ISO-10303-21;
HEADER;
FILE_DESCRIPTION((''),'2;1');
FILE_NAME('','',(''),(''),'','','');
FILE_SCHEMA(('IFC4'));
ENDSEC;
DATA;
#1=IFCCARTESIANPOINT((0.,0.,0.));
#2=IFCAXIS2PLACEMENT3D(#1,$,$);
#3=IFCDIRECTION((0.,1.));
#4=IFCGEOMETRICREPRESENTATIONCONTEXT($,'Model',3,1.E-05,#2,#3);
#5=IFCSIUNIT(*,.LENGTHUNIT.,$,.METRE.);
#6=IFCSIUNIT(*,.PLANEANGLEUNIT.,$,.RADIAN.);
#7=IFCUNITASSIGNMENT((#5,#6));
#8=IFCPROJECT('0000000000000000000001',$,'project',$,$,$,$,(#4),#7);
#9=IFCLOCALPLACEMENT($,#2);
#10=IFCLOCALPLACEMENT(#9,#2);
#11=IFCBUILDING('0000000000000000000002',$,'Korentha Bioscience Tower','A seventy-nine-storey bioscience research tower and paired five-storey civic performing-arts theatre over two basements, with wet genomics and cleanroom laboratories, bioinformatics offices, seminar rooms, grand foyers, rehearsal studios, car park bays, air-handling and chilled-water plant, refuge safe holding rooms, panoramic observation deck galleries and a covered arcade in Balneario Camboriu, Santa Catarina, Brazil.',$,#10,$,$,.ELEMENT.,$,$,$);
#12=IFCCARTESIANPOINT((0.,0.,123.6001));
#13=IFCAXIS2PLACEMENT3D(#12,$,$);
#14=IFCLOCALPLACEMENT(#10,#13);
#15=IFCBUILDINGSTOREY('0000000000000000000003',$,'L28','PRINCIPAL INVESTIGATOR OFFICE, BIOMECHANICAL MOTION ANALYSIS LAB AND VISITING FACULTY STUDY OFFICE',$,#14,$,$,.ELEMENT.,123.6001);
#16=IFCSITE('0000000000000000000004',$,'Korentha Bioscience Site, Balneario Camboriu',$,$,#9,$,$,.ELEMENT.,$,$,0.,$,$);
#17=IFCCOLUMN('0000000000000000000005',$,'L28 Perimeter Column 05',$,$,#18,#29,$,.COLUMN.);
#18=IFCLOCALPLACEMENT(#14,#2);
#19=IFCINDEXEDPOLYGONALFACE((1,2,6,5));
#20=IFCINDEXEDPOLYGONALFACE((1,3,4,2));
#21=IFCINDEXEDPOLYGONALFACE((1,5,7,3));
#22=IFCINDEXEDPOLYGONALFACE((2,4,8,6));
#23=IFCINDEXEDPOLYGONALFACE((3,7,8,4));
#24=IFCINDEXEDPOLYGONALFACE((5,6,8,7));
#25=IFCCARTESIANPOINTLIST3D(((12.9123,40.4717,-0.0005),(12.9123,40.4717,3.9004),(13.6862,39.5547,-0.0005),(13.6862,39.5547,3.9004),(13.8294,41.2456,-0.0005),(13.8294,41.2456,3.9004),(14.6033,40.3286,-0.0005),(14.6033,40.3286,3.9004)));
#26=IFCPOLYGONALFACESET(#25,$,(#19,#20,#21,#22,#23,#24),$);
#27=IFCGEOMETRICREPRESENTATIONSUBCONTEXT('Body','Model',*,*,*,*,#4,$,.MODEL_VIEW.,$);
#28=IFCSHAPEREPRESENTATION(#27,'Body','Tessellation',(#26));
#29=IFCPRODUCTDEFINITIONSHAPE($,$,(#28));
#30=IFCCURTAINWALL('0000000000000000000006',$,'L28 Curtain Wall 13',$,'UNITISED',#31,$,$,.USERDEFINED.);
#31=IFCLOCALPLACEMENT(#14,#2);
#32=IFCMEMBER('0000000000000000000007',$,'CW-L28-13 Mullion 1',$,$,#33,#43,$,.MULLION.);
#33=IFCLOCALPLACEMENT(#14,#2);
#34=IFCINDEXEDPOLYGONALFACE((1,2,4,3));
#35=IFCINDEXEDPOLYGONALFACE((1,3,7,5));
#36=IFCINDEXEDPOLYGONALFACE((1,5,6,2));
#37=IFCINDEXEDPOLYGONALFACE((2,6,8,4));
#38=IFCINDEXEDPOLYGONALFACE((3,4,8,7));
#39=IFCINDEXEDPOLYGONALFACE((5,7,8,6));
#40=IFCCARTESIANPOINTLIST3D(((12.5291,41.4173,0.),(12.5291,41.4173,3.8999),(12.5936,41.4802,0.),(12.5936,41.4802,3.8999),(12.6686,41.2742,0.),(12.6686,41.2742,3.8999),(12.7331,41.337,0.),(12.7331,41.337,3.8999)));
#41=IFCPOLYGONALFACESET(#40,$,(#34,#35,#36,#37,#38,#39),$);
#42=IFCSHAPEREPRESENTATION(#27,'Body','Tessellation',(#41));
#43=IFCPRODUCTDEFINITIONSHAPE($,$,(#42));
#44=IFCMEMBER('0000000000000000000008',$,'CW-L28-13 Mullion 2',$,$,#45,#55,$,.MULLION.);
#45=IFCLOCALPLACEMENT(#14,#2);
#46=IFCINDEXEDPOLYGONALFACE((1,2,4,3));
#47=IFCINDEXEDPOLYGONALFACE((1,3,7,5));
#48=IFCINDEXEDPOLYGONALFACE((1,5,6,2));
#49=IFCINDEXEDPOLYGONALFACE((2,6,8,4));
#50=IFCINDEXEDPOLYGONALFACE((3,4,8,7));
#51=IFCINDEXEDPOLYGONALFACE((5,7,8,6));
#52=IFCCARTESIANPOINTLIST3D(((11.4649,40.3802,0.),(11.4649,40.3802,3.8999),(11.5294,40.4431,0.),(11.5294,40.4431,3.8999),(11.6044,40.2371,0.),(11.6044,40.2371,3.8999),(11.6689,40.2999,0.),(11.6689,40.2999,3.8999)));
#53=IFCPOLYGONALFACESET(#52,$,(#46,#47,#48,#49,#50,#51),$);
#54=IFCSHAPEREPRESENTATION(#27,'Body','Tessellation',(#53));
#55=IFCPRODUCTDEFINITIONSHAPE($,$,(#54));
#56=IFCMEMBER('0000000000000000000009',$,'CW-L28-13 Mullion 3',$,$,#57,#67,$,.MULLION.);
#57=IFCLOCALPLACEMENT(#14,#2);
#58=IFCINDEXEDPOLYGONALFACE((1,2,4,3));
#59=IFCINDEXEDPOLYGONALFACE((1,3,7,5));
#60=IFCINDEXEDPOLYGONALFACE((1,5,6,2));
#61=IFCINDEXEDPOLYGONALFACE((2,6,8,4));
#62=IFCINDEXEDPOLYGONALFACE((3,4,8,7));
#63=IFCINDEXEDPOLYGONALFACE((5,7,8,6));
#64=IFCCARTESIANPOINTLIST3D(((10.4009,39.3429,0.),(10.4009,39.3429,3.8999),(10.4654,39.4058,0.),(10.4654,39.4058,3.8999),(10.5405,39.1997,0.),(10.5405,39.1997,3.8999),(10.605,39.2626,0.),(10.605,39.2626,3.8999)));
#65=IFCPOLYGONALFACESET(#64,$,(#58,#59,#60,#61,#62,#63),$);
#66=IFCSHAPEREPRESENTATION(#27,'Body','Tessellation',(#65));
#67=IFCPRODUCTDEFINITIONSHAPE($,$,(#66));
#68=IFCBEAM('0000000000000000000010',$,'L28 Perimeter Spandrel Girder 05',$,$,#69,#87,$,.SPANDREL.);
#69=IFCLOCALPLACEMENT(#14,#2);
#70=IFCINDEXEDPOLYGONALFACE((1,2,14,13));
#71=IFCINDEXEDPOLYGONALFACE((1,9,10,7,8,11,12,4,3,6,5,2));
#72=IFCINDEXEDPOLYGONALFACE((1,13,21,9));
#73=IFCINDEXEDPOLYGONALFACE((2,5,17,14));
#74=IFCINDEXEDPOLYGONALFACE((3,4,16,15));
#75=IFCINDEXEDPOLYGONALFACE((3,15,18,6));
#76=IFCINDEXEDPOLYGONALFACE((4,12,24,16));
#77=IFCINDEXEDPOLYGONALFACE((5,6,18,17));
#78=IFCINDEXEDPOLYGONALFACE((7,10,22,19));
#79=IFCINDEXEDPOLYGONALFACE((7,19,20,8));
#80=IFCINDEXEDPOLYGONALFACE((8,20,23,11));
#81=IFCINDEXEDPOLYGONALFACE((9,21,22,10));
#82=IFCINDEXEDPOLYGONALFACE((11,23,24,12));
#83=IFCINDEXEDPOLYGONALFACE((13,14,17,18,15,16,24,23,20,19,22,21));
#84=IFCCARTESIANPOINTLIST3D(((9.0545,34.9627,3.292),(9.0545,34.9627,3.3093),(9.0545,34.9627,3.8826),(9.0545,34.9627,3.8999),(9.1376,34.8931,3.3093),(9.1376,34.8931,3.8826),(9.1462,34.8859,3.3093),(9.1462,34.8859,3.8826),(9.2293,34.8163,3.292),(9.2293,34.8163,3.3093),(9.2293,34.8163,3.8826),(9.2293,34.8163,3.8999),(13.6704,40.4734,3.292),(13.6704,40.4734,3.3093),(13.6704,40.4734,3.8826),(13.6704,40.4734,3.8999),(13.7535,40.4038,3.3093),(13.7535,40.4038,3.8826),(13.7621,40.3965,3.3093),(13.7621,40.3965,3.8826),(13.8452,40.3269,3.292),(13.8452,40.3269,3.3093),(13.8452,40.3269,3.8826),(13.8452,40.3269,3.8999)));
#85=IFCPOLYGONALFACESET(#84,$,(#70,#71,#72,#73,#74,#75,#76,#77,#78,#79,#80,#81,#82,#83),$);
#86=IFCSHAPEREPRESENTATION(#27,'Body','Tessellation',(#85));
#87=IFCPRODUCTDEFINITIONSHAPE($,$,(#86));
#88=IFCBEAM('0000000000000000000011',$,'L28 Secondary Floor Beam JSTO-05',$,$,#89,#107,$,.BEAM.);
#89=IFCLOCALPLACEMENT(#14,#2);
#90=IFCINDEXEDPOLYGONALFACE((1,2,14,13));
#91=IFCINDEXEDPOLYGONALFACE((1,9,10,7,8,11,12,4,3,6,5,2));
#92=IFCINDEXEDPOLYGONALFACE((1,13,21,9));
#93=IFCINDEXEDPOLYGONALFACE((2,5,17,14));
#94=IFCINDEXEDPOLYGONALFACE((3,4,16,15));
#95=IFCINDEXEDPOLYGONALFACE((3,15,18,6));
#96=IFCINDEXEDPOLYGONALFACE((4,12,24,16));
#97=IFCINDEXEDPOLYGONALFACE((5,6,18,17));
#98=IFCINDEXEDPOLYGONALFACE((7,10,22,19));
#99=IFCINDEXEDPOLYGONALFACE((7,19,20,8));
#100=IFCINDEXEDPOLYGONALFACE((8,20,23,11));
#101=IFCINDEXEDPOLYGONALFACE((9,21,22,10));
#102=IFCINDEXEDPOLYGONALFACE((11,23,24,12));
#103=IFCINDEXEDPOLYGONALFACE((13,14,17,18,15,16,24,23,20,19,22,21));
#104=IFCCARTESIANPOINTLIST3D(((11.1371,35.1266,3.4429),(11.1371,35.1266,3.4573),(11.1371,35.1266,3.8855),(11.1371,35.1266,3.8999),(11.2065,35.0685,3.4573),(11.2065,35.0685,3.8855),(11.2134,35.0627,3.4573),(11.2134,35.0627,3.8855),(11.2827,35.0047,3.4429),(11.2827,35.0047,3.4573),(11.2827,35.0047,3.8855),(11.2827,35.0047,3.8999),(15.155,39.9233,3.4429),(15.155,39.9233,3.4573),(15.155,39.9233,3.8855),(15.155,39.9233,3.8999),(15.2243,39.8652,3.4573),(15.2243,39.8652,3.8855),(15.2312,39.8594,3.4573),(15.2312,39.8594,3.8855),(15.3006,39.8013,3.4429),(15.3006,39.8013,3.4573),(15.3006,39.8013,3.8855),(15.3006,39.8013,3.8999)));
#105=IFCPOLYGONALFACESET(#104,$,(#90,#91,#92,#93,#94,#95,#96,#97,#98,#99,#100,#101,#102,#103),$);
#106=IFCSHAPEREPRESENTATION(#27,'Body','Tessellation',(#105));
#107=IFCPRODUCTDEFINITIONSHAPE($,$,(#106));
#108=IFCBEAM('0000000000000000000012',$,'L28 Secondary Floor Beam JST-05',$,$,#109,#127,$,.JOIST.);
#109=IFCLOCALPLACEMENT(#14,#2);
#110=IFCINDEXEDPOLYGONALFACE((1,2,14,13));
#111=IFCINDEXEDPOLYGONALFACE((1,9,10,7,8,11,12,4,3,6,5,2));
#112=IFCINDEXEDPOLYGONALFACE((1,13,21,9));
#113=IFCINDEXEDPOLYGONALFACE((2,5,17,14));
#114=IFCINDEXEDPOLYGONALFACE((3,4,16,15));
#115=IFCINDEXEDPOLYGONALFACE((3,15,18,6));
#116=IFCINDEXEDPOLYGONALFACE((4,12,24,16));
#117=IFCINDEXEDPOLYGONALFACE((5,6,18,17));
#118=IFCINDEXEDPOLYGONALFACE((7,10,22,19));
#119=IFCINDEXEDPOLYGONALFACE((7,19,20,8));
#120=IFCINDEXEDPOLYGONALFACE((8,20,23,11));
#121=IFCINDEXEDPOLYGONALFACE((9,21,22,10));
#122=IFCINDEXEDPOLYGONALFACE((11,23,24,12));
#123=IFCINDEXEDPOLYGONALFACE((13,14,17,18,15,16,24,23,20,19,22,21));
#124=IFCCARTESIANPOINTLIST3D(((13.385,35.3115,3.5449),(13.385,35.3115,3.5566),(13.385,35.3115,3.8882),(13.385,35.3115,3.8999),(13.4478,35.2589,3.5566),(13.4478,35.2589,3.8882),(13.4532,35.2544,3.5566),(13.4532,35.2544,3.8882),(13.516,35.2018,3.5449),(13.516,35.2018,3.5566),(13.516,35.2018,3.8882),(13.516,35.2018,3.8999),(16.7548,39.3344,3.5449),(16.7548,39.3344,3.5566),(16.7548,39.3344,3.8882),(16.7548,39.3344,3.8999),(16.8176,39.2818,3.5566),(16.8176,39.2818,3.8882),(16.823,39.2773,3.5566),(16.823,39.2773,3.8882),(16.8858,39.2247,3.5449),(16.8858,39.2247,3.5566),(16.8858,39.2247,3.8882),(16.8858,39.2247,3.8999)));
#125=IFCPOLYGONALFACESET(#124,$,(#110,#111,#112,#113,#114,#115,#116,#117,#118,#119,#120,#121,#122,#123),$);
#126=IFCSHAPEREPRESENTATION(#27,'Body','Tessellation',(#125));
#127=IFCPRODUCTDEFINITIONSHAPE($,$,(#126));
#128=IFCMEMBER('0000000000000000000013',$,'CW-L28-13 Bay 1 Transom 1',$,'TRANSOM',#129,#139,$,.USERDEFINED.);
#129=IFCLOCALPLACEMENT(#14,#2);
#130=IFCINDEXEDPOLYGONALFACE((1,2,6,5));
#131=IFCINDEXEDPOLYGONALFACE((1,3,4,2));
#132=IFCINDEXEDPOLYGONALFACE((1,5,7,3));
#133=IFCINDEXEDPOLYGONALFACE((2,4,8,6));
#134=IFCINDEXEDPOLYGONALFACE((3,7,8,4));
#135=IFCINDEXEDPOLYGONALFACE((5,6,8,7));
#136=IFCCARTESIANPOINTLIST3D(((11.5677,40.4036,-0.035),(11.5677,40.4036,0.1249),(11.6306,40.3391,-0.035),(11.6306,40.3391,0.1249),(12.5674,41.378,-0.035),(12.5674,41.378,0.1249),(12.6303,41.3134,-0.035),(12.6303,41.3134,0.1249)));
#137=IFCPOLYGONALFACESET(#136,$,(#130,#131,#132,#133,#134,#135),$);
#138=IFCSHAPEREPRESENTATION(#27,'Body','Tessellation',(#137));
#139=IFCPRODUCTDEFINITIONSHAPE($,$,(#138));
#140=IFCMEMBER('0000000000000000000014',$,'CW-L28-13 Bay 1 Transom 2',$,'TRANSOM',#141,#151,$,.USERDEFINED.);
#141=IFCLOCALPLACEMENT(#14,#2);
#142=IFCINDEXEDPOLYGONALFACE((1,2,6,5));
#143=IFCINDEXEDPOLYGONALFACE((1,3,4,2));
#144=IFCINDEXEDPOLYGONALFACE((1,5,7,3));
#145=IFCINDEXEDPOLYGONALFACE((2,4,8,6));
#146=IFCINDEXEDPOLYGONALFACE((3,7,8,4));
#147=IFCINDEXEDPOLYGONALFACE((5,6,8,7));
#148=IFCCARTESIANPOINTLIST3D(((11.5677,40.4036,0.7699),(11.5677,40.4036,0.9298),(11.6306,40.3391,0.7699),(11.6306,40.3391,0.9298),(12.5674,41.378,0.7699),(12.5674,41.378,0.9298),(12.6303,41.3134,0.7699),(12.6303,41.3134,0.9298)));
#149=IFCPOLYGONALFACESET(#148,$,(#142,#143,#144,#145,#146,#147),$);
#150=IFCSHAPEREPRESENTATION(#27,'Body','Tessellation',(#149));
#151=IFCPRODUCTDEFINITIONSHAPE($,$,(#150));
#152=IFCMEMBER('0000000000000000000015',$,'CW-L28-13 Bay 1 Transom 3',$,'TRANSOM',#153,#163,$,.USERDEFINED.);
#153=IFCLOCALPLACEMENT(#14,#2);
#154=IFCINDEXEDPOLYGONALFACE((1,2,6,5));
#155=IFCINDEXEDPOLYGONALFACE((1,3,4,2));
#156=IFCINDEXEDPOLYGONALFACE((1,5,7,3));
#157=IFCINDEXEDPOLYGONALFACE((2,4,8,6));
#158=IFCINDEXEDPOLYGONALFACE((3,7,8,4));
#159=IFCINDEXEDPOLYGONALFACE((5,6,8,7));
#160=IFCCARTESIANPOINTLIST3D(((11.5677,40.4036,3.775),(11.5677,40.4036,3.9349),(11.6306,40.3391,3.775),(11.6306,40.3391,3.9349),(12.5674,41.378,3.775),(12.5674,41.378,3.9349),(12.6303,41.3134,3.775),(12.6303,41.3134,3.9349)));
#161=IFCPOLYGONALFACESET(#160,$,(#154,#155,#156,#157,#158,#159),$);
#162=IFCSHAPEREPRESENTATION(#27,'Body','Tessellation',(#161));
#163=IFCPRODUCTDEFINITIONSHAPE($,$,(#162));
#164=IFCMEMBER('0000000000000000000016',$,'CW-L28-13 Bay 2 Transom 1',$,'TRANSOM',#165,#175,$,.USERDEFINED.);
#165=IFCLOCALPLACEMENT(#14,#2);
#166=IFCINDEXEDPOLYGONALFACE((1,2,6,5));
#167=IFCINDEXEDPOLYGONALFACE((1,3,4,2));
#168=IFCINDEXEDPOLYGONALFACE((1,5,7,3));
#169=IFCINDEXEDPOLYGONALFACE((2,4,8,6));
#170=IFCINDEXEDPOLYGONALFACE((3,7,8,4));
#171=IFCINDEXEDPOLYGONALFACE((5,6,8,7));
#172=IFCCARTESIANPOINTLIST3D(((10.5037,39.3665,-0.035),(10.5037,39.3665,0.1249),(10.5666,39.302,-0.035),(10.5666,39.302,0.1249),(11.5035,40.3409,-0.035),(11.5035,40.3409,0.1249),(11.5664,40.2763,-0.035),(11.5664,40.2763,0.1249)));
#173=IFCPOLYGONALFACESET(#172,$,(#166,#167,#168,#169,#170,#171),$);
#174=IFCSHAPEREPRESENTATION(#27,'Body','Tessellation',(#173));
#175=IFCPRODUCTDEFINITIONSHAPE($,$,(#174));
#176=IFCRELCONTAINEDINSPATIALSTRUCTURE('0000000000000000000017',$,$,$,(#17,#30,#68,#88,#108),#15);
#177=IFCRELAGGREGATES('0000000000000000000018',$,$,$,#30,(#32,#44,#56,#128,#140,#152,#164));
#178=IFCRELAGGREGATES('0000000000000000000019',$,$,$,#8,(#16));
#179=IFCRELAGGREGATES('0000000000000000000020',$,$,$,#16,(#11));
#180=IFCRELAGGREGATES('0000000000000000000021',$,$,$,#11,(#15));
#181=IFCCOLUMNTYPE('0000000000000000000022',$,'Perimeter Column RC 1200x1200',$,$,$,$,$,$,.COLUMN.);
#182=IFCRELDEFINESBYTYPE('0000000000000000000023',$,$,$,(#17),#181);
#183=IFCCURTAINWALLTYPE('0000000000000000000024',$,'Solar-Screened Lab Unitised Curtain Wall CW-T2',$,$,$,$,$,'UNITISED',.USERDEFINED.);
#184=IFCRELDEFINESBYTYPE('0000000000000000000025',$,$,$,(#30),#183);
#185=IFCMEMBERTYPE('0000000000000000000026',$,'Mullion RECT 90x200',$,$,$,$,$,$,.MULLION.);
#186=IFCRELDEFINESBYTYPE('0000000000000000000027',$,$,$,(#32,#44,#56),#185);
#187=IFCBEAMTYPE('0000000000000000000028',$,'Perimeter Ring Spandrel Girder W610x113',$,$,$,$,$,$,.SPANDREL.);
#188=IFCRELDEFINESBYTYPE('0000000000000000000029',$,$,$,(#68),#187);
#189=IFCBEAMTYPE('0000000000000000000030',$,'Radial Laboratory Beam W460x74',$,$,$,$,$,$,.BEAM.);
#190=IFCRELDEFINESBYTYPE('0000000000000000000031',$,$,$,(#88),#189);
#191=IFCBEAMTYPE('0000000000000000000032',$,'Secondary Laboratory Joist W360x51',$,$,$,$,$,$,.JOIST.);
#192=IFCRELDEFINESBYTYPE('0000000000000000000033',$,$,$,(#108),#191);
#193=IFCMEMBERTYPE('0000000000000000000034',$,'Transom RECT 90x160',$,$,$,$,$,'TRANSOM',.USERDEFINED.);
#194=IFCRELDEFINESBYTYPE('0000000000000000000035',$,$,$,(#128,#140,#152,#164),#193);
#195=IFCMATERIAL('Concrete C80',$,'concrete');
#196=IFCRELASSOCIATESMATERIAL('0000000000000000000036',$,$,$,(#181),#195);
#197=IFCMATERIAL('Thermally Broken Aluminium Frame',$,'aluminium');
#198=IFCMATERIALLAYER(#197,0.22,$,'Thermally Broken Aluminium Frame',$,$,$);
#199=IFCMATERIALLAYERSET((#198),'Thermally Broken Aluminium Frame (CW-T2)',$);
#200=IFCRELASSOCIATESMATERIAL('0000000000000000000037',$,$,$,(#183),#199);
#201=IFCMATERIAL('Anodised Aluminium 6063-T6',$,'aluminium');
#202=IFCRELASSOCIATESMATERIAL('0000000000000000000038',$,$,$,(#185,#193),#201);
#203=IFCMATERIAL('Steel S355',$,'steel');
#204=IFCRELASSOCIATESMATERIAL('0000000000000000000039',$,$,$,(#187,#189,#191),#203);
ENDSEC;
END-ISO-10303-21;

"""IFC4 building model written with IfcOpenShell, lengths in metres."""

from ifc_helpers import new_model, si_unit, direction, frame, origin, origin_2d, place, context, subcontext, project, spatial, rectangle, i_section, extrude, material, layer, layer_set, material_profile, profile_set, type_object, element, aggregate, save


model = new_model("IFC4")

# Units and contexts
model_context = context("Model", 3, precision=1e-05, world=origin(), true_north=direction((0.0, 1.0)))
body_context = subcontext(model_context, "Body", "Model", "MODEL_VIEW")
ifc_project = project(units=[si_unit("LENGTHUNIT", "METRE"), si_unit("PLANEANGLEUNIT", "RADIAN")], contexts=[model_context])

# Site, building, storey
site_placement = place(None, origin())
site = spatial("IfcSite", under=ifc_project, at=site_placement, Name="Korentha Bioscience Site, Balneario Camboriu", CompositionType="ELEMENT", RefElevation=0.0)
building_placement = place(site_placement, origin())
building = spatial("IfcBuilding", under=site, at=building_placement, Name="Korentha Bioscience Tower", Description="A seventy-nine-storey bioscience research tower and paired five-storey civic performing-arts theatre over two basements, with wet genomics and cleanroom laboratories, bioinformatics offices, seminar rooms, grand foyers, rehearsal studios, car park bays, air-handling and chilled-water plant, refuge safe holding rooms, panoramic observation deck galleries and a covered arcade in Balneario Camboriu, Santa Catarina, Brazil.", CompositionType="ELEMENT")
storey_placement = place(building_placement, frame((0.0, 0.0, 123.6001)))
storey = spatial("IfcBuildingStorey", under=building, at=storey_placement, Name="L28", Description="PRINCIPAL INVESTIGATOR OFFICE, BIOMECHANICAL MOTION ANALYSIS LAB AND VISITING FACULTY STUDY OFFICE", CompositionType="ELEMENT", Elevation=123.6001)

# Column
ifc_material_1 = material(Name="Concrete C80", Category="concrete")
ifc_material_profile_1 = material_profile(ifc_material_1, rectangle(XDim=1.2, YDim=1.2, at=origin_2d()), Name="Concrete C80")
ifc_profile_set_1 = profile_set([ifc_material_profile_1], Name="Concrete C80 (COL-P12)")
column_type = type_object("IfcColumnType", Name="Perimeter Column RC 1200x1200", PredefinedType="COLUMN", material=ifc_profile_set_1)
column_placement = place(storey_placement, frame((13.7578, 40.4001, -0.0005), z_axis=(0.0, 0.0, 1.0), x_axis=(0.764246, 0.644924, 0.0)))
element("IfcColumn", 1, at=column_placement, inside=storey, type_object=column_type, Name="L28 Perimeter Column 05", PredefinedType="COLUMN", context=body_context, shape_type="SweptSolid", body=[
    extrude(rectangle(XDim=1.2, YDim=1.2, at=origin_2d()), origin(), (0.0, 0.0, 1.0), 3.9009),
])

# Curtain wall, members
ifc_material_2 = material(Name="Thermally Broken Aluminium Frame", Category="aluminium")
ifc_layer_1 = layer(ifc_material_2, 0.22, Name="Thermally Broken Aluminium Frame")
ifc_layer_set_1 = layer_set([ifc_layer_1], Name="Thermally Broken Aluminium Frame (CW-T2)")
curtain_wall_type = type_object("IfcCurtainWallType", Name="Solar-Screened Lab Unitised Curtain Wall CW-T2", ElementType="UNITISED", PredefinedType="USERDEFINED", material=ifc_layer_set_1)
curtain_wall_placement = place(storey_placement, origin())
curtain_wall = element("IfcCurtainWall", 2, at=curtain_wall_placement, inside=storey, type_object=curtain_wall_type, Name="L28 Curtain Wall 13", ObjectType="UNITISED", PredefinedType="USERDEFINED")
ifc_material_3 = material(Name="Anodised Aluminium 6063-T6", Category="aluminium")
ifc_material_profile_2 = material_profile(ifc_material_3, rectangle(XDim=0.0901, YDim=0.2, at=origin_2d()), Name="Anodised Aluminium 6063-T6")
ifc_profile_set_2 = profile_set([ifc_material_profile_2], Name="Anodised Aluminium 6063-T6 (CW-MUL)")
member_type_1 = type_object("IfcMemberType", Name="Mullion RECT 90x200", PredefinedType="MULLION", material=ifc_profile_set_2)
member_1_placement = place(storey_placement, frame((12.6311, 41.3772, 0.0), z_axis=(0.0, 0.0, 1.0), x_axis=(-0.716096, -0.698002, 0.0)))
member_1 = element("IfcMember", 3, at=member_1_placement, type_object=member_type_1, Name="CW-L28-13 Mullion 1", PredefinedType="MULLION", context=body_context, shape_type="SweptSolid", body=[
    extrude(rectangle(XDim=0.0901, YDim=0.2, at=origin_2d()), origin(), (0.0, 0.0, 1.0), 3.8999),
])
member_2_placement = place(storey_placement, frame((11.5669, 40.3401, 0.0), z_axis=(0.0, 0.0, 1.0), x_axis=(-0.716096, -0.698002, 0.0)))
member_2 = element("IfcMember", 4, at=member_2_placement, type_object=member_type_1, Name="CW-L28-13 Mullion 2", PredefinedType="MULLION", context=body_context, shape_type="SweptSolid", body=[
    extrude(rectangle(XDim=0.0901, YDim=0.2, at=origin_2d()), origin(), (0.0, 0.0, 1.0), 3.8999),
])
member_3_placement = place(storey_placement, frame((10.5029, 39.3027, 0.0), z_axis=(0.0, 0.0, 1.0), x_axis=(-0.716096, -0.698002, 0.0)))
member_3 = element("IfcMember", 5, at=member_3_placement, type_object=member_type_1, Name="CW-L28-13 Mullion 3", PredefinedType="MULLION", context=body_context, shape_type="SweptSolid", body=[
    extrude(rectangle(XDim=0.0901, YDim=0.2, at=origin_2d()), origin(), (0.0, 0.0, 1.0), 3.8999),
])

# Beams
ifc_material_4 = material(Name="Steel S355", Category="steel")
ifc_material_profile_3 = material_profile(ifc_material_4, i_section(OverallWidth=0.228, OverallDepth=0.6079, WebThickness=0.0112, FlangeThickness=0.0173, at=origin_2d()), Name="Steel S355")
ifc_profile_set_3 = profile_set([ifc_material_profile_3], Name="Steel S355 (SB-610)")
beam_type_1 = type_object("IfcBeamType", Name="Perimeter Ring Spandrel Girder W610x113", PredefinedType="SPANDREL", material=ifc_profile_set_3)
beam_1_placement = place(storey_placement, frame((13.7578, 40.4001, 3.5959), z_axis=(-0.642127, -0.766599, 0.0), x_axis=(0.766599, -0.642127, 0.0)))
element("IfcBeam", 6, at=beam_1_placement, inside=storey, type_object=beam_type_1, Name="L28 Perimeter Spandrel Girder 05", PredefinedType="SPANDREL", context=body_context, shape_type="SweptSolid", body=[
    extrude(i_section(OverallWidth=0.228, OverallDepth=0.6079, WebThickness=0.0112, FlangeThickness=0.0173, at=origin_2d()), origin(), (0.0, 0.0, 1.0), 7.1885),
])
ifc_material_profile_4 = material_profile(ifc_material_4, i_section(OverallWidth=0.1899, OverallDepth=0.457, WebThickness=0.009, FlangeThickness=0.0144, at=origin_2d()), Name="Steel S355")
ifc_profile_set_4 = profile_set([ifc_material_profile_4], Name="Steel S355 (RB-460)")
beam_type_2 = type_object("IfcBeamType", Name="Radial Laboratory Beam W460x74", PredefinedType="BEAM", material=ifc_profile_set_4)
beam_2_placement = place(storey_placement, frame((15.2278, 39.8623, 3.6714), z_axis=(-0.642128, -0.766597, 0.0), x_axis=(0.766597, -0.642128, 0.0)))
element("IfcBeam", 7, at=beam_2_placement, inside=storey, type_object=beam_type_2, Name="L28 Secondary Floor Beam JSTO-05", PredefinedType="BEAM", context=body_context, shape_type="SweptSolid", body=[
    extrude(i_section(OverallWidth=0.1899, OverallDepth=0.457, WebThickness=0.009, FlangeThickness=0.0144, at=origin_2d()), origin(), (0.0, 0.0, 1.0), 6.2571),
])
ifc_material_profile_5 = material_profile(ifc_material_4, i_section(OverallWidth=0.1709, OverallDepth=0.355, WebThickness=0.0071, FlangeThickness=0.0117, at=origin_2d()), Name="Steel S355")
ifc_profile_set_5 = profile_set([ifc_material_profile_5], Name="Steel S355 (JB-360)")
beam_type_3 = type_object("IfcBeamType", Name="Secondary Laboratory Joist W360x51", PredefinedType="JOIST", material=ifc_profile_set_5)
beam_3_placement = place(storey_placement, frame((16.8203, 39.2795, 3.7224), z_axis=(-0.642141, -0.766587, 0.0), x_axis=(0.766587, -0.642141, 0.0)))
element("IfcBeam", 8, at=beam_3_placement, inside=storey, type_object=beam_type_3, Name="L28 Secondary Floor Beam JST-05", PredefinedType="JOIST", context=body_context, shape_type="SweptSolid", body=[
    extrude(i_section(OverallWidth=0.1709, OverallDepth=0.355, WebThickness=0.0071, FlangeThickness=0.0117, at=origin_2d()), origin(), (0.0, 0.0, 1.0), 5.2478),
])

# Members
ifc_material_profile_6 = material_profile(ifc_material_3, rectangle(XDim=0.0901, YDim=0.1599, at=origin_2d()), Name="Anodised Aluminium 6063-T6")
ifc_profile_set_6 = profile_set([ifc_material_profile_6], Name="Anodised Aluminium 6063-T6 (CW-TRN)")
member_type_2 = type_object("IfcMemberType", Name="Transom RECT 90x160", ElementType="TRANSOM", PredefinedType="USERDEFINED", material=ifc_profile_set_6)
member_4_placement = place(storey_placement, frame((12.5989, 41.3457, 0.0449), z_axis=(-0.716142, -0.697954, 0.0), x_axis=(0.697954, -0.716142, 0.0)))
member_4 = element("IfcMember", 9, at=member_4_placement, type_object=member_type_2, Name="CW-L28-13 Bay 1 Transom 1", ObjectType="TRANSOM", PredefinedType="USERDEFINED", context=body_context, shape_type="SweptSolid", body=[
    extrude(rectangle(XDim=0.0901, YDim=0.1599, at=origin_2d()), origin(), (0.0, 0.0, 1.0), 1.396),
])
member_5_placement = place(storey_placement, frame((12.5989, 41.3457, 0.8499), z_axis=(-0.716142, -0.697954, 0.0), x_axis=(0.697954, -0.716142, 0.0)))
member_5 = element("IfcMember", 10, at=member_5_placement, type_object=member_type_2, Name="CW-L28-13 Bay 1 Transom 2", ObjectType="TRANSOM", PredefinedType="USERDEFINED", context=body_context, shape_type="SweptSolid", body=[
    extrude(rectangle(XDim=0.0901, YDim=0.1599, at=origin_2d()), origin(), (0.0, 0.0, 1.0), 1.396),
])
member_6_placement = place(storey_placement, frame((12.5989, 41.3457, 3.855), z_axis=(-0.716142, -0.697954, 0.0), x_axis=(0.697954, -0.716142, 0.0)))
member_6 = element("IfcMember", 11, at=member_6_placement, type_object=member_type_2, Name="CW-L28-13 Bay 1 Transom 3", ObjectType="TRANSOM", PredefinedType="USERDEFINED", context=body_context, shape_type="SweptSolid", body=[
    extrude(rectangle(XDim=0.0901, YDim=0.1599, at=origin_2d()), origin(), (0.0, 0.0, 1.0), 1.396),
])
member_7_placement = place(storey_placement, frame((11.5349, 40.3086, 0.0449), z_axis=(-0.716142, -0.697954, 0.0), x_axis=(0.697954, -0.716142, 0.0)))
member_7 = element("IfcMember", 12, at=member_7_placement, type_object=member_type_2, Name="CW-L28-13 Bay 2 Transom 1", ObjectType="TRANSOM", PredefinedType="USERDEFINED", context=body_context, shape_type="SweptSolid", body=[
    extrude(rectangle(XDim=0.0901, YDim=0.1599, at=origin_2d()), origin(), (0.0, 0.0, 1.0), 1.396),
])

aggregate(curtain_wall, [member_1, member_2, member_3, member_4, member_5, member_6, member_7])

save(model, "model.ifc")
